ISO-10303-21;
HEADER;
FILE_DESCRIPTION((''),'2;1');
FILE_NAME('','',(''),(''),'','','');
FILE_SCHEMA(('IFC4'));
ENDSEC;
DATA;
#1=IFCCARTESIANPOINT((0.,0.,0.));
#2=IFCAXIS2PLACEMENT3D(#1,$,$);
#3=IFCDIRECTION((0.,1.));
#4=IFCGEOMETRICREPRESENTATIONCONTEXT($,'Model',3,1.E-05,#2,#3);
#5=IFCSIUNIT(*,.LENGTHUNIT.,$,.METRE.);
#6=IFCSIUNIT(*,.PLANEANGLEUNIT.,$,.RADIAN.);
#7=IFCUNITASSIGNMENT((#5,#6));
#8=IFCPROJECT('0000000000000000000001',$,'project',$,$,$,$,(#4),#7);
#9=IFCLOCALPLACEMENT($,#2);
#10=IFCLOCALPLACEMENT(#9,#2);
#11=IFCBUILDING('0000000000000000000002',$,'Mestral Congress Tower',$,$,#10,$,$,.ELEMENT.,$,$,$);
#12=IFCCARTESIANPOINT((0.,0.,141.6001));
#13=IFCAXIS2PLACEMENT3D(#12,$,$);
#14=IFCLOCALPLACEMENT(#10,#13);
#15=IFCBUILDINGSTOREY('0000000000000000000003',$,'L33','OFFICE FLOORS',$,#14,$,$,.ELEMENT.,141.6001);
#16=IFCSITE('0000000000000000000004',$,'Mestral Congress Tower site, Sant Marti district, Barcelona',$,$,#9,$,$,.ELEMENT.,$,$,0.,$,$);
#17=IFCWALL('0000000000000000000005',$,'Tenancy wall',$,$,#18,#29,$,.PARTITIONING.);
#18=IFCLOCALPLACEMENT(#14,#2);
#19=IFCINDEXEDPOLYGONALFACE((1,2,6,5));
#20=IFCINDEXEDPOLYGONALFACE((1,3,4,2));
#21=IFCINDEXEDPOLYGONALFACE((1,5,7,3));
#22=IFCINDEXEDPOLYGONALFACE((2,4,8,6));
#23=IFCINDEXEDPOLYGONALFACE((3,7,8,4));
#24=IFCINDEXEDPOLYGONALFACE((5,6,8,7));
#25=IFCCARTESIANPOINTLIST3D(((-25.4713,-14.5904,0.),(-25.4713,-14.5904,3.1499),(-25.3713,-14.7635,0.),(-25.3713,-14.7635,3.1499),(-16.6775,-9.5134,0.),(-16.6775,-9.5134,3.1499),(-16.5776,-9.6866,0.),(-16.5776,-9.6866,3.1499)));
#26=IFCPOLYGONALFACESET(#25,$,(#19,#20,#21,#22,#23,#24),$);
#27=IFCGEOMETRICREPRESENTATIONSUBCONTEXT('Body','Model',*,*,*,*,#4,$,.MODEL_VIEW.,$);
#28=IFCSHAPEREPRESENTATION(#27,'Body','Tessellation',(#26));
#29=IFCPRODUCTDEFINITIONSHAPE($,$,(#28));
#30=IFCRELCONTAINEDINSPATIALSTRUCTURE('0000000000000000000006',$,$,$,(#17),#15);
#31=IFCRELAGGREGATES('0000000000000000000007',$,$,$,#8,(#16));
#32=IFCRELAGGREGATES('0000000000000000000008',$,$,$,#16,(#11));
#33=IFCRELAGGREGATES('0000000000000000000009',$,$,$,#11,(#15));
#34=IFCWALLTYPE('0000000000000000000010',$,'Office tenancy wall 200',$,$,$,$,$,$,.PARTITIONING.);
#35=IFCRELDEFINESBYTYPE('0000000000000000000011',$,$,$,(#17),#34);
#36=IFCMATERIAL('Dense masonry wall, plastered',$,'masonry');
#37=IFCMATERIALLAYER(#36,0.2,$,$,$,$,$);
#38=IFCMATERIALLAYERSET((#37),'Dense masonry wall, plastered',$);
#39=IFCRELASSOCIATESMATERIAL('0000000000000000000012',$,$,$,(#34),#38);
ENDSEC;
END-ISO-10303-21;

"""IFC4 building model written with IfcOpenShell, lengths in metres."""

from ifc_helpers import new_model, si_unit, direction, frame, frame_2d, origin, place, context, subcontext, project, spatial, rectangle, extrude, material, layer, layer_set, type_object, element, save


model = new_model("IFC4")

# Units and contexts
model_context = context("Model", 3, precision=1e-05, world=origin(), true_north=direction((0.0, 1.0)))
body_context = subcontext(model_context, "Body", "Model", "MODEL_VIEW")
ifc_project = project(units=[si_unit("LENGTHUNIT", "METRE"), si_unit("PLANEANGLEUNIT", "RADIAN")], contexts=[model_context])

# Site, building, storey
site_placement = place(None, origin())
site = spatial("IfcSite", under=ifc_project, at=site_placement, Name="Mestral Congress Tower site, Sant Marti district, Barcelona", CompositionType="ELEMENT", RefElevation=0.0)
building_placement = place(site_placement, origin())
building = spatial("IfcBuilding", under=site, at=building_placement, Name="Mestral Congress Tower", CompositionType="ELEMENT")
storey_placement = place(building_placement, frame((0.0, 0.0, 141.6001)))
storey = spatial("IfcBuildingStorey", under=building, at=storey_placement, Name="L33", Description="OFFICE FLOORS", CompositionType="ELEMENT", Elevation=141.6001)

# Wall
ifc_material_1 = material(Name="Dense masonry wall, plastered", Category="masonry")
ifc_layer_1 = layer(ifc_material_1, 0.2)
ifc_layer_set_1 = layer_set([ifc_layer_1], Name="Dense masonry wall, plastered")
wall_type_1 = type_object("IfcWallType", Name="Office tenancy wall 200", PredefinedType="PARTITIONING", material=ifc_layer_set_1)
wall_1_placement = place(storey_placement, frame((-25.4214, -14.677, 0.0), z_axis=(0.0, 0.0, 1.0), x_axis=(0.866031, 0.49999, 0.0)))
element("IfcWall", 1, at=wall_1_placement, inside=storey, type_object=wall_type_1, Name="Tenancy wall", PredefinedType="PARTITIONING", context=body_context, shape_type="SweptSolid", body=[
    extrude(rectangle(XDim=10.1541, YDim=0.2, at=frame_2d((5.0771, 0.0))), origin(), (0.0, 0.0, 1.0), 3.1499),
])

save(model, "model.ifc")
